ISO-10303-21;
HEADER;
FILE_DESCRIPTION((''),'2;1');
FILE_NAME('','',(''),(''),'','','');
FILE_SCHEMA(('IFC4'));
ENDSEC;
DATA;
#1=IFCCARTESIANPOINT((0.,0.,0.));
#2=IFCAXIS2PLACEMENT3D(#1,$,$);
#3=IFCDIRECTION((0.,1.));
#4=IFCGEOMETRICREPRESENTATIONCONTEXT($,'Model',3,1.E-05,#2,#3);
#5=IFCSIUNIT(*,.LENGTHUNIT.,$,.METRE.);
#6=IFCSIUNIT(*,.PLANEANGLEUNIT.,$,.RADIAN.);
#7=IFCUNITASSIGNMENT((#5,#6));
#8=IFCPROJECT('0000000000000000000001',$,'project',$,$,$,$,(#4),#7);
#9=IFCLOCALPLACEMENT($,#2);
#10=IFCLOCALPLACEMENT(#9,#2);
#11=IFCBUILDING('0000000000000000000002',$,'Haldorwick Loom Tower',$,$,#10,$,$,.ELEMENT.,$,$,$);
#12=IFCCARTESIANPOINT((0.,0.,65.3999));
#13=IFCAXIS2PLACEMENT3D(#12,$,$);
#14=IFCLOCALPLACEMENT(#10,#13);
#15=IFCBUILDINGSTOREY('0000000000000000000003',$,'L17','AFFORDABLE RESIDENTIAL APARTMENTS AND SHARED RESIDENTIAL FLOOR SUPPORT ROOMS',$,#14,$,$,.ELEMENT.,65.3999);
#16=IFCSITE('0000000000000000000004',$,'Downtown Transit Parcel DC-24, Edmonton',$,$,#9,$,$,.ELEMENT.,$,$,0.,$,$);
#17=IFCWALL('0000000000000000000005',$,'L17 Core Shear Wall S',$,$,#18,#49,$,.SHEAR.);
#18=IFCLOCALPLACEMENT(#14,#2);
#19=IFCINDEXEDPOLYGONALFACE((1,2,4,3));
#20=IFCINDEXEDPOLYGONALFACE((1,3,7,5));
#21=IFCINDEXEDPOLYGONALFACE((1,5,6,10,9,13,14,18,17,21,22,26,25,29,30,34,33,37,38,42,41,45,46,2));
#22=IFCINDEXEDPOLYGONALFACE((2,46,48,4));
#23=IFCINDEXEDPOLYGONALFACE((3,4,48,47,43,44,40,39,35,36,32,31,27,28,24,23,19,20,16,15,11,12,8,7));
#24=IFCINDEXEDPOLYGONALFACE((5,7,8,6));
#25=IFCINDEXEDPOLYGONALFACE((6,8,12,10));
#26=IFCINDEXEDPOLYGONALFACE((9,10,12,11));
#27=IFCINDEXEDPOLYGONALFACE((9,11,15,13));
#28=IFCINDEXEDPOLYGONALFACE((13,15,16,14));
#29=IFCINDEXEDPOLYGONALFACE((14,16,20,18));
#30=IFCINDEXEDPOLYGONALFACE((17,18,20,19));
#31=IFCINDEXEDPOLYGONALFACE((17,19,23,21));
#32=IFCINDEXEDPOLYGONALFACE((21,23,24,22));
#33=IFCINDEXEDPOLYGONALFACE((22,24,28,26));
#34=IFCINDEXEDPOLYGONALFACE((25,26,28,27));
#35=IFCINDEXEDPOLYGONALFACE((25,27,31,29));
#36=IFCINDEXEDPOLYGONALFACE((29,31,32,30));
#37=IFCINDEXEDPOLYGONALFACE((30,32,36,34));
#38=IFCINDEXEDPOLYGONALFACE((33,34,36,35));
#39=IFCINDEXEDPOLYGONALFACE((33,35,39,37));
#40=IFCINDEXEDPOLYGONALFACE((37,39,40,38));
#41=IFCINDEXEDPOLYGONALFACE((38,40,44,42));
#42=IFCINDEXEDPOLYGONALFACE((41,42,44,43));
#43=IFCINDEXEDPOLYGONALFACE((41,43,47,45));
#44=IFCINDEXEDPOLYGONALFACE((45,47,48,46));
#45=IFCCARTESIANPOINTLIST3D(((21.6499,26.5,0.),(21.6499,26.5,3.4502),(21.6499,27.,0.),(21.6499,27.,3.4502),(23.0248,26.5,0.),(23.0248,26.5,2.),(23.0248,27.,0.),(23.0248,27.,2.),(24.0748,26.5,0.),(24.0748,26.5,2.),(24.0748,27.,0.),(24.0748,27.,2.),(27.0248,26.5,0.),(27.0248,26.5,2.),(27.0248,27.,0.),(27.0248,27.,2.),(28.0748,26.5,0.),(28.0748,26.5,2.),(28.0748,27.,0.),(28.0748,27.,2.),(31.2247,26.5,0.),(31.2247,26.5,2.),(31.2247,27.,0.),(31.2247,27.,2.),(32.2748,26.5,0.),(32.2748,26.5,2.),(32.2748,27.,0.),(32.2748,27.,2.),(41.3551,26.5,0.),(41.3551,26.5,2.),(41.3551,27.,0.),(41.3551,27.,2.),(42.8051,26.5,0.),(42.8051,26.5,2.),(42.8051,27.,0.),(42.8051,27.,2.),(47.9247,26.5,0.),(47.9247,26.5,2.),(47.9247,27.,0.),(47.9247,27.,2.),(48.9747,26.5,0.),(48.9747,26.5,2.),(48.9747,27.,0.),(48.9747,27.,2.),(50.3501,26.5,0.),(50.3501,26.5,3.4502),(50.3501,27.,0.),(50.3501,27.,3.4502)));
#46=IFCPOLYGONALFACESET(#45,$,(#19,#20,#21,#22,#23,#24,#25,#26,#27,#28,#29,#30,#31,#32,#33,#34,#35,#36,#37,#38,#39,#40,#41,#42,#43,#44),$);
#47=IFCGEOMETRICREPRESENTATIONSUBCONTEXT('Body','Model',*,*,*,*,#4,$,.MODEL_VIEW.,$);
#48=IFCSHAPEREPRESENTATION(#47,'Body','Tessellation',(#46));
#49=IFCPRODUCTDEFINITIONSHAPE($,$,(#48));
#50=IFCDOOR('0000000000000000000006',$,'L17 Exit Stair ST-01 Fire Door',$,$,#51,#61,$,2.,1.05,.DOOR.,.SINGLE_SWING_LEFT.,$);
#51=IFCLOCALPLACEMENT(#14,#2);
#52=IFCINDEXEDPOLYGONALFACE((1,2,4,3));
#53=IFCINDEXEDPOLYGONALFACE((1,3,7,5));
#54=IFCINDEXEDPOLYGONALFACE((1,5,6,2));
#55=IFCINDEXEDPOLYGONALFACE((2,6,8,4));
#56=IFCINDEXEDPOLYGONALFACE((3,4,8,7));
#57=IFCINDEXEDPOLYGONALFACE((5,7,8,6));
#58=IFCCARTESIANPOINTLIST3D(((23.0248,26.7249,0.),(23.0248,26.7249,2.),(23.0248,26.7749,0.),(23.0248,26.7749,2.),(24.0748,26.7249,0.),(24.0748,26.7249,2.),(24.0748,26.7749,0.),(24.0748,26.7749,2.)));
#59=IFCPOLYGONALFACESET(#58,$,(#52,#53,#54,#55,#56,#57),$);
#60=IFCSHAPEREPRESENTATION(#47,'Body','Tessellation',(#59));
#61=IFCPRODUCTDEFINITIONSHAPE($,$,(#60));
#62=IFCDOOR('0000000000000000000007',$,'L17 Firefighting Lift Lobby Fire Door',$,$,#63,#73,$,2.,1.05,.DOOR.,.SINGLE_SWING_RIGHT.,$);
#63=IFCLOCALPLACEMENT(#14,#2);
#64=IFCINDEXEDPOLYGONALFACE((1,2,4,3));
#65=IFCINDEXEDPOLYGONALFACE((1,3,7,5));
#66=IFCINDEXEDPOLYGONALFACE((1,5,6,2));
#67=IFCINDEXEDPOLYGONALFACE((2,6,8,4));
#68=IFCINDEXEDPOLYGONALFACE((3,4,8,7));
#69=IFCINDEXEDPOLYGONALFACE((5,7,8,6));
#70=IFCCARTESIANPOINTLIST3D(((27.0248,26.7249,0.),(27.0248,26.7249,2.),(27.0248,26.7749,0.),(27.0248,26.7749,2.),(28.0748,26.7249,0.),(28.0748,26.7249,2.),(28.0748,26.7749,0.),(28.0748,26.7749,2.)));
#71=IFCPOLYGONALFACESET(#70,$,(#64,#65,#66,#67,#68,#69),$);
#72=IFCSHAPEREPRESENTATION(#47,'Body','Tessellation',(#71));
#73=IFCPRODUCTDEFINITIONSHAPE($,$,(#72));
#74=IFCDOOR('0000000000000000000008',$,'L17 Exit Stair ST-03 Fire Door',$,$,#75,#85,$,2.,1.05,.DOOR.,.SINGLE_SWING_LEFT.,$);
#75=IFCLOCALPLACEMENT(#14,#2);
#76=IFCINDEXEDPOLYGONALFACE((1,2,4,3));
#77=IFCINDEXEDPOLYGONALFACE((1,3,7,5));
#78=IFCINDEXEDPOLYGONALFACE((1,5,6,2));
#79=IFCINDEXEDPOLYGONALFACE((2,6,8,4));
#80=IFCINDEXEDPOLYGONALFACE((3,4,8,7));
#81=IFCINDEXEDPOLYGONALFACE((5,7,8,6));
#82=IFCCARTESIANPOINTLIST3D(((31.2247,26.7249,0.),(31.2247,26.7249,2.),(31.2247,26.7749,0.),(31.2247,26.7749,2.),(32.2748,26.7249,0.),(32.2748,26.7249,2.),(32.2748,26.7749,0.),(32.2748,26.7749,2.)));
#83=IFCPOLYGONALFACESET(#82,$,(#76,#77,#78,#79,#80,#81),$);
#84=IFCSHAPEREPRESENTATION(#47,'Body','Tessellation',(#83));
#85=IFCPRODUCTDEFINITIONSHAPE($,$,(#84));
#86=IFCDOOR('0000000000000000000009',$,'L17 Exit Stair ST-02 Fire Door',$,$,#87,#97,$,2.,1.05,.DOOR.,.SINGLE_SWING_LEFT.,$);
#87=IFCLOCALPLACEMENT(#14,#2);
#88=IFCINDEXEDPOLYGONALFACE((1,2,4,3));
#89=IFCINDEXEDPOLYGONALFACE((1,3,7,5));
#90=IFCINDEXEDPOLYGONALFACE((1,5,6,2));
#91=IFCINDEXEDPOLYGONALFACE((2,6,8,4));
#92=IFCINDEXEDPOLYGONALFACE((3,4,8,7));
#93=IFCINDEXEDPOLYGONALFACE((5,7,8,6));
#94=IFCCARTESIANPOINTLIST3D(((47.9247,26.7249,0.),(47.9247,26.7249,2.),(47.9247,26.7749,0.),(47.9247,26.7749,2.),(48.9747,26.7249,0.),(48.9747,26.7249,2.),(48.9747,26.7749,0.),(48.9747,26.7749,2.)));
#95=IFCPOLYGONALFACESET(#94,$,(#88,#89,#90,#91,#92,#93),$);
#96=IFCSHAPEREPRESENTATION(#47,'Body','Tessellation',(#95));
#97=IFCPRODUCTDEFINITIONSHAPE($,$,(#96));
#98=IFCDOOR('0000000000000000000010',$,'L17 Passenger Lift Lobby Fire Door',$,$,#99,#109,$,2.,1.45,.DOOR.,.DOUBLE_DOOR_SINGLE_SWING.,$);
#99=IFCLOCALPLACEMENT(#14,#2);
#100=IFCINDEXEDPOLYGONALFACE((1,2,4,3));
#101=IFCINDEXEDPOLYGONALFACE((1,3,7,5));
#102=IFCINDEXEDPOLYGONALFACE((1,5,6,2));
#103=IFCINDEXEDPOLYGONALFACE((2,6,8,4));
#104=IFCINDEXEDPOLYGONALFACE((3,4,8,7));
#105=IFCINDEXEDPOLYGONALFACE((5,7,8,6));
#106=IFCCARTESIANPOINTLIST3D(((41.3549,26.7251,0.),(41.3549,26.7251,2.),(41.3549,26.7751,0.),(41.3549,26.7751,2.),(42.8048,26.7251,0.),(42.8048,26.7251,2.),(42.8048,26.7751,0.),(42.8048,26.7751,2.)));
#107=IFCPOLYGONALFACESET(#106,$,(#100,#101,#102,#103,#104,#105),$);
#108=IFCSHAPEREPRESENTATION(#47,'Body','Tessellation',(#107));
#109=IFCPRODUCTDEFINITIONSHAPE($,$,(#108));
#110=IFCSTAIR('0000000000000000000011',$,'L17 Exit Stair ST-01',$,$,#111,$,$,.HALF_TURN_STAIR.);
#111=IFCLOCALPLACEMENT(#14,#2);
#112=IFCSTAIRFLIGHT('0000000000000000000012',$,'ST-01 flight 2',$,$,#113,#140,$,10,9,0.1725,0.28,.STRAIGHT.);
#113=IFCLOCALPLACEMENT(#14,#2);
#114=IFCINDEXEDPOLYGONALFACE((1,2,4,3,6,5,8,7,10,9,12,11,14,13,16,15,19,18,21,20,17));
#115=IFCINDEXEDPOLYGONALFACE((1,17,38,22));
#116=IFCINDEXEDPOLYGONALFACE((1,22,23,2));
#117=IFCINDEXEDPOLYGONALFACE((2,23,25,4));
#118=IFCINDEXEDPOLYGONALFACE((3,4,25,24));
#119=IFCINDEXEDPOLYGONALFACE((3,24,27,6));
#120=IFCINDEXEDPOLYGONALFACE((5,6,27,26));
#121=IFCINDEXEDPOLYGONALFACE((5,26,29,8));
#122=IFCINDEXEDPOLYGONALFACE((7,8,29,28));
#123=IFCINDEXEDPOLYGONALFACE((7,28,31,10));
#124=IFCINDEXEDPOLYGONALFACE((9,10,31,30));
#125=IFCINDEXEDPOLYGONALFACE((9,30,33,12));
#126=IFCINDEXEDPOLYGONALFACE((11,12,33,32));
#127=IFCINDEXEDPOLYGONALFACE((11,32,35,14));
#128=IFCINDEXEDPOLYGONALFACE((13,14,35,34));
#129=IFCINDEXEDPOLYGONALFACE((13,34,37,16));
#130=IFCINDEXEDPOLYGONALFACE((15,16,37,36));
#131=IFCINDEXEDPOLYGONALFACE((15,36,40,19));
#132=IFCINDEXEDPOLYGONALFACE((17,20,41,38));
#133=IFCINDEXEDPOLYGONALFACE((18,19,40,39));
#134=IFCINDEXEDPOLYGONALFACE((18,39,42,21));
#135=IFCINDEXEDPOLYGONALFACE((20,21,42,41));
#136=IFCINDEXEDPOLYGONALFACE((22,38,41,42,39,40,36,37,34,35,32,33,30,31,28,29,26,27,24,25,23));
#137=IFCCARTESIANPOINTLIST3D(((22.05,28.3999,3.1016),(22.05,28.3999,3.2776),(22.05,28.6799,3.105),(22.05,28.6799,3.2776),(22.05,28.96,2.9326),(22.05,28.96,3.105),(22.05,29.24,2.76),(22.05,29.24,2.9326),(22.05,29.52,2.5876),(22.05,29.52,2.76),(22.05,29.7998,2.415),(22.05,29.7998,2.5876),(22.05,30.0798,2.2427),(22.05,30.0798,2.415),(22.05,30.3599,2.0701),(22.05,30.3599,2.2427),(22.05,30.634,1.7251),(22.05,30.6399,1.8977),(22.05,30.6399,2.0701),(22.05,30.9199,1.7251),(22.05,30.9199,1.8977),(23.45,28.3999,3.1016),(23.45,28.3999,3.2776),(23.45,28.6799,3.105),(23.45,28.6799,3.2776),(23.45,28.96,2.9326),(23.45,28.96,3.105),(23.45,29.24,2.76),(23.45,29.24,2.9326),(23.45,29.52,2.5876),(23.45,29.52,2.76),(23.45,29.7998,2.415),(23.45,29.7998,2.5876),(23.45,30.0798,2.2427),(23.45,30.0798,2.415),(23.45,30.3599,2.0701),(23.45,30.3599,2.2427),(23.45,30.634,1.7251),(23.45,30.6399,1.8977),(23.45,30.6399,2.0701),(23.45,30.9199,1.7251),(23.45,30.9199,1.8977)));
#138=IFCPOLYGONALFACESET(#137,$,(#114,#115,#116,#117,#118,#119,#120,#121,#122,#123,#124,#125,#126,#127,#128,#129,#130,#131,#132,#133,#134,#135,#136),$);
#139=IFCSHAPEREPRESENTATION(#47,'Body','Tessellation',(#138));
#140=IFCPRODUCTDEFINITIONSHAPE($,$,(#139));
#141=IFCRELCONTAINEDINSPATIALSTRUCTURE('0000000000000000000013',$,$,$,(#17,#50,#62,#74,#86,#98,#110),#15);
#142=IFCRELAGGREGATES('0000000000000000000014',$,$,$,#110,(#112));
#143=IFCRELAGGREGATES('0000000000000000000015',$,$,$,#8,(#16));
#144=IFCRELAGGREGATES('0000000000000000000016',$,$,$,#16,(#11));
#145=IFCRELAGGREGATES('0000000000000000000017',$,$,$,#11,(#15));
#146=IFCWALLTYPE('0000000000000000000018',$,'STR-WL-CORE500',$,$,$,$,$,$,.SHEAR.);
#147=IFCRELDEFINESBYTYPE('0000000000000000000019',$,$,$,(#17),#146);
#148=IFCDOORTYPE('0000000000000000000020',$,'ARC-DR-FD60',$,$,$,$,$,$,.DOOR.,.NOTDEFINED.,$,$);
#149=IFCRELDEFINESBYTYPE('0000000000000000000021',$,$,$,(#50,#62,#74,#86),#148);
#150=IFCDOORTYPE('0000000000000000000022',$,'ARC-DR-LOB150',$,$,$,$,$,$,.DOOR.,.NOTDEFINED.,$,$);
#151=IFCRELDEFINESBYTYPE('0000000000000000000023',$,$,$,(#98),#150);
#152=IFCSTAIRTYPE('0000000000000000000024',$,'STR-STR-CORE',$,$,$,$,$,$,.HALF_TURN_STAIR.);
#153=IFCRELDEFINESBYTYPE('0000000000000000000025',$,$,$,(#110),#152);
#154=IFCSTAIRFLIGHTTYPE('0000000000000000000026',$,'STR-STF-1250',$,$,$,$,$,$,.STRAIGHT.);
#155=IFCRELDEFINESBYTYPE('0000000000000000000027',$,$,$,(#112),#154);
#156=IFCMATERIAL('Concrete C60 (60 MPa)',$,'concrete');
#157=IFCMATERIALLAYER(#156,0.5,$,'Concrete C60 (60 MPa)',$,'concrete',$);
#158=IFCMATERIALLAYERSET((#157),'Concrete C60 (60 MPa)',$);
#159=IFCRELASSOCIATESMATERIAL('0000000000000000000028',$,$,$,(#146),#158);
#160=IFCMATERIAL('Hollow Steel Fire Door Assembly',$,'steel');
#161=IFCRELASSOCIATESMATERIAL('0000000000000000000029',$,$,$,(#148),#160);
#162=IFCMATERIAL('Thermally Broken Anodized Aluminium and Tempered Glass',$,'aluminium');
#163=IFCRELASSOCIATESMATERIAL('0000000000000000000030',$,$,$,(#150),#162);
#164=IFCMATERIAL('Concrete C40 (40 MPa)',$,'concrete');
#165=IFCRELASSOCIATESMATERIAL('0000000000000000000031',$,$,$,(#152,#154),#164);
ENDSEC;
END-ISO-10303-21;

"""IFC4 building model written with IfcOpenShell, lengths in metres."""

from ifc_helpers import new_model, si_unit, direction, frame, frame_2d, origin, place, context, subcontext, project, spatial, polyline, rectangle, outline, extrude, material, layer, layer_set, type_object, element, fill, aggregate, save


model = new_model("IFC4")

# Units and contexts
model_context = context("Model", 3, precision=1e-05, world=origin(), true_north=direction((0.0, 1.0)))
body_context = subcontext(model_context, "Body", "Model", "MODEL_VIEW")
ifc_project = project(units=[si_unit("LENGTHUNIT", "METRE"), si_unit("PLANEANGLEUNIT", "RADIAN")], contexts=[model_context])

# Site, building, storey
site_placement = place(None, origin())
site = spatial("IfcSite", under=ifc_project, at=site_placement, Name="Downtown Transit Parcel DC-24, Edmonton", CompositionType="ELEMENT", RefElevation=0.0)
building_placement = place(site_placement, origin())
building = spatial("IfcBuilding", under=site, at=building_placement, Name="Haldorwick Loom Tower", CompositionType="ELEMENT")
storey_placement = place(building_placement, frame((0.0, 0.0, 65.3999)))
storey = spatial("IfcBuildingStorey", under=building, at=storey_placement, Name="L17", Description="AFFORDABLE RESIDENTIAL APARTMENTS AND SHARED RESIDENTIAL FLOOR SUPPORT ROOMS", CompositionType="ELEMENT", Elevation=65.3999)

# Shared definitions
ifc_material_1 = material(Name="Concrete C60 (60 MPa)", Category="concrete")

# Wall, openings, doors
ifc_layer_1 = layer(ifc_material_1, 0.5, Name="Concrete C60 (60 MPa)", Category="concrete")
ifc_layer_set_1 = layer_set([ifc_layer_1], Name="Concrete C60 (60 MPa)")
wall_type_1 = type_object("IfcWallType", Name="STR-WL-CORE500", PredefinedType="SHEAR", material=ifc_layer_set_1)
wall_1_placement = place(storey_placement, frame((21.6499, 26.75, 0.0), z_axis=(0.0, 0.0, 1.0), x_axis=(1.0, 0.0, 0.0)))
wall_1 = element("IfcWall", 1, at=wall_1_placement, inside=storey, type_object=wall_type_1, Name="L17 Core Shear Wall S", PredefinedType="SHEAR", context=body_context, shape_type="SweptSolid", body=[
    extrude(rectangle(XDim=28.7002, YDim=0.5, at=frame_2d((14.3501, 0.0))), origin(), (0.0, 0.0, 1.0), 3.4502),
])
opening_1_placement = place(wall_1_placement, frame((1.375, 0.0, 0.0)))
opening_1 = element("IfcOpeningElement", 2, at=opening_1_placement, cuts=wall_1, PredefinedType="OPENING", context=body_context, shape_type="SweptSolid", body=[
    extrude(rectangle(XDim=1.05, YDim=2.0, at=frame_2d((0.5249, 1.0))), frame((0.0, 0.26, 0.0), z_axis=(0.0, -1.0, 0.0), x_axis=(1.0, 0.0, 0.0)), (0.0, 0.0, 1.0), 0.52),
])
opening_2_placement = place(wall_1_placement, frame((5.375, 0.0, 0.0)))
opening_2 = element("IfcOpeningElement", 3, at=opening_2_placement, cuts=wall_1, PredefinedType="OPENING", context=body_context, shape_type="SweptSolid", body=[
    extrude(rectangle(XDim=1.05, YDim=2.0, at=frame_2d((0.5249, 1.0))), frame((0.0, 0.26, 0.0), z_axis=(0.0, -1.0, 0.0), x_axis=(1.0, 0.0, 0.0)), (0.0, 0.0, 1.0), 0.52),
])
opening_3_placement = place(wall_1_placement, frame((9.575, 0.0, 0.0)))
opening_3 = element("IfcOpeningElement", 4, at=opening_3_placement, cuts=wall_1, PredefinedType="OPENING", context=body_context, shape_type="SweptSolid", body=[
    extrude(rectangle(XDim=1.05, YDim=2.0, at=frame_2d((0.5249, 1.0))), frame((0.0, 0.26, 0.0), z_axis=(0.0, -1.0, 0.0), x_axis=(1.0, 0.0, 0.0)), (0.0, 0.0, 1.0), 0.52),
])
opening_4_placement = place(wall_1_placement, frame((19.7051, 0.0, 0.0)))
opening_4 = element("IfcOpeningElement", 5, at=opening_4_placement, cuts=wall_1, PredefinedType="OPENING", context=body_context, shape_type="SweptSolid", body=[
    extrude(rectangle(XDim=1.45, YDim=2.0, at=frame_2d((0.7251, 1.0))), frame((0.0, 0.26, 0.0), z_axis=(0.0, -1.0, 0.0), x_axis=(1.0, 0.0, 0.0)), (0.0, 0.0, 1.0), 0.52),
])
opening_5_placement = place(wall_1_placement, frame((26.2749, 0.0, 0.0)))
opening_5 = element("IfcOpeningElement", 6, at=opening_5_placement, cuts=wall_1, PredefinedType="OPENING", context=body_context, shape_type="SweptSolid", body=[
    extrude(rectangle(XDim=1.05, YDim=2.0, at=frame_2d((0.5249, 1.0))), frame((0.0, 0.26, 0.0), z_axis=(0.0, -1.0, 0.0), x_axis=(1.0, 0.0, 0.0)), (0.0, 0.0, 1.0), 0.52),
])
ifc_material_2 = material(Name="Hollow Steel Fire Door Assembly", Category="steel")
door_type_1 = type_object("IfcDoorType", Name="ARC-DR-FD60", OperationType="NOTDEFINED", PredefinedType="DOOR", material=ifc_material_2)
door_1_placement = place(opening_1_placement, origin())
door_1 = element("IfcDoor", 7, at=door_1_placement, inside=storey, type_object=door_type_1, Name="L17 Exit Stair ST-01 Fire Door", OperationType="SINGLE_SWING_LEFT", OverallHeight=2.0, OverallWidth=1.05, PredefinedType="DOOR", context=body_context, shape_type="SweptSolid", body=[
    extrude(rectangle(XDim=1.05, YDim=2.0, at=frame_2d((0.5249, 1.0))), frame((0.0, 0.0249, 0.0), z_axis=(0.0, -1.0, 0.0), x_axis=(1.0, 0.0, 0.0)), (0.0, 0.0, 1.0), 0.05),
])
fill(opening_1, door_1)
door_2_placement = place(opening_2_placement, origin())
door_2 = element("IfcDoor", 8, at=door_2_placement, inside=storey, type_object=door_type_1, Name="L17 Firefighting Lift Lobby Fire Door", OperationType="SINGLE_SWING_RIGHT", OverallHeight=2.0, OverallWidth=1.05, PredefinedType="DOOR", context=body_context, shape_type="SweptSolid", body=[
    extrude(rectangle(XDim=1.05, YDim=2.0, at=frame_2d((0.5249, 1.0))), frame((0.0, 0.0249, 0.0), z_axis=(0.0, -1.0, 0.0), x_axis=(1.0, 0.0, 0.0)), (0.0, 0.0, 1.0), 0.05),
])
fill(opening_2, door_2)
door_3_placement = place(opening_3_placement, origin())
door_3 = element("IfcDoor", 9, at=door_3_placement, inside=storey, type_object=door_type_1, Name="L17 Exit Stair ST-03 Fire Door", OperationType="SINGLE_SWING_LEFT", OverallHeight=2.0, OverallWidth=1.05, PredefinedType="DOOR", context=body_context, shape_type="SweptSolid", body=[
    extrude(rectangle(XDim=1.05, YDim=2.0, at=frame_2d((0.5249, 1.0))), frame((0.0, 0.0249, 0.0), z_axis=(0.0, -1.0, 0.0), x_axis=(1.0, 0.0, 0.0)), (0.0, 0.0, 1.0), 0.05),
])
fill(opening_3, door_3)
door_4_placement = place(opening_5_placement, origin())
door_4 = element("IfcDoor", 10, at=door_4_placement, inside=storey, type_object=door_type_1, Name="L17 Exit Stair ST-02 Fire Door", OperationType="SINGLE_SWING_LEFT", OverallHeight=2.0, OverallWidth=1.05, PredefinedType="DOOR", context=body_context, shape_type="SweptSolid", body=[
    extrude(rectangle(XDim=1.05, YDim=2.0, at=frame_2d((0.5249, 1.0))), frame((0.0, 0.0249, 0.0), z_axis=(0.0, -1.0, 0.0), x_axis=(1.0, 0.0, 0.0)), (0.0, 0.0, 1.0), 0.05),
])
fill(opening_5, door_4)
ifc_material_3 = material(Name="Thermally Broken Anodized Aluminium and Tempered Glass", Category="aluminium")
door_type_2 = type_object("IfcDoorType", Name="ARC-DR-LOB150", OperationType="NOTDEFINED", PredefinedType="DOOR", material=ifc_material_3)
door_5_placement = place(opening_4_placement, frame((1.45, 0.0, 0.0), z_axis=(0.0, 0.0, 1.0), x_axis=(-1.0, 0.0, 0.0)))
door_5 = element("IfcDoor", 11, at=door_5_placement, inside=storey, type_object=door_type_2, Name="L17 Passenger Lift Lobby Fire Door", OperationType="DOUBLE_DOOR_SINGLE_SWING", OverallHeight=2.0, OverallWidth=1.45, PredefinedType="DOOR", context=body_context, shape_type="SweptSolid", body=[
    extrude(rectangle(XDim=1.45, YDim=2.0, at=frame_2d((0.7251, 1.0))), frame((0.0, 0.0249, 0.0), z_axis=(0.0, -1.0, 0.0), x_axis=(1.0, 0.0, 0.0)), (0.0, 0.0, 1.0), 0.05),
])
fill(opening_4, door_5)

# Stair, stair flight
ifc_material_4 = material(Name="Concrete C40 (40 MPa)", Category="concrete")
stair_type = type_object("IfcStairType", Name="STR-STR-CORE", PredefinedType="HALF_TURN_STAIR", material=ifc_material_4)
stair_placement = place(storey_placement, origin())
stair = element("IfcStair", 12, at=stair_placement, inside=storey, type_object=stair_type, Name="L17 Exit Stair ST-01", PredefinedType="HALF_TURN_STAIR")
stair_flight_type = type_object("IfcStairFlightType", Name="STR-STF-1250", PredefinedType="STRAIGHT", material=ifc_material_4)
stair_flight_placement = place(storey_placement, frame((22.75, 30.9199, 1.7251), z_axis=(0.0, 0.0, 1.0), x_axis=(0.0, -1.0, 0.0)))
stair_flight = element("IfcStairFlight", 13, at=stair_flight_placement, type_object=stair_flight_type, Name="ST-01 flight 2", NumberOfRisers=10, NumberOfTreads=9, PredefinedType="STRAIGHT", RiserHeight=0.1725, TreadLength=0.28, context=body_context, shape_type="SweptSolid", body=[
    extrude(outline(polyline([(0.0, 0.0), (0.0, 0.1726), (0.28, 0.1726), (0.28, 0.345), (0.5601, 0.345), (0.5601, 0.5176), (0.8401, 0.5176), (0.8401, 0.6899), (1.1201, 0.6899), (1.1201, 0.8625), (1.3999, 0.8625), (1.3999, 1.0349), (1.6799, 1.0349), (1.6799, 1.2075), (1.96, 1.2075), (1.96, 1.3799), (2.24, 1.3799), (2.24, 1.5525), (2.52, 1.5525), (2.52, 1.7251), (2.52, 1.3765), (0.2859, 0.0), (0.0, 0.0)])), frame((0.0, 0.7, 0.0), z_axis=(0.0, -1.0, 0.0), x_axis=(1.0, 0.0, 0.0)), (0.0, 0.0, 1.0), 1.3999),
])
aggregate(stair, [stair_flight])

save(model, "model.ifc")
